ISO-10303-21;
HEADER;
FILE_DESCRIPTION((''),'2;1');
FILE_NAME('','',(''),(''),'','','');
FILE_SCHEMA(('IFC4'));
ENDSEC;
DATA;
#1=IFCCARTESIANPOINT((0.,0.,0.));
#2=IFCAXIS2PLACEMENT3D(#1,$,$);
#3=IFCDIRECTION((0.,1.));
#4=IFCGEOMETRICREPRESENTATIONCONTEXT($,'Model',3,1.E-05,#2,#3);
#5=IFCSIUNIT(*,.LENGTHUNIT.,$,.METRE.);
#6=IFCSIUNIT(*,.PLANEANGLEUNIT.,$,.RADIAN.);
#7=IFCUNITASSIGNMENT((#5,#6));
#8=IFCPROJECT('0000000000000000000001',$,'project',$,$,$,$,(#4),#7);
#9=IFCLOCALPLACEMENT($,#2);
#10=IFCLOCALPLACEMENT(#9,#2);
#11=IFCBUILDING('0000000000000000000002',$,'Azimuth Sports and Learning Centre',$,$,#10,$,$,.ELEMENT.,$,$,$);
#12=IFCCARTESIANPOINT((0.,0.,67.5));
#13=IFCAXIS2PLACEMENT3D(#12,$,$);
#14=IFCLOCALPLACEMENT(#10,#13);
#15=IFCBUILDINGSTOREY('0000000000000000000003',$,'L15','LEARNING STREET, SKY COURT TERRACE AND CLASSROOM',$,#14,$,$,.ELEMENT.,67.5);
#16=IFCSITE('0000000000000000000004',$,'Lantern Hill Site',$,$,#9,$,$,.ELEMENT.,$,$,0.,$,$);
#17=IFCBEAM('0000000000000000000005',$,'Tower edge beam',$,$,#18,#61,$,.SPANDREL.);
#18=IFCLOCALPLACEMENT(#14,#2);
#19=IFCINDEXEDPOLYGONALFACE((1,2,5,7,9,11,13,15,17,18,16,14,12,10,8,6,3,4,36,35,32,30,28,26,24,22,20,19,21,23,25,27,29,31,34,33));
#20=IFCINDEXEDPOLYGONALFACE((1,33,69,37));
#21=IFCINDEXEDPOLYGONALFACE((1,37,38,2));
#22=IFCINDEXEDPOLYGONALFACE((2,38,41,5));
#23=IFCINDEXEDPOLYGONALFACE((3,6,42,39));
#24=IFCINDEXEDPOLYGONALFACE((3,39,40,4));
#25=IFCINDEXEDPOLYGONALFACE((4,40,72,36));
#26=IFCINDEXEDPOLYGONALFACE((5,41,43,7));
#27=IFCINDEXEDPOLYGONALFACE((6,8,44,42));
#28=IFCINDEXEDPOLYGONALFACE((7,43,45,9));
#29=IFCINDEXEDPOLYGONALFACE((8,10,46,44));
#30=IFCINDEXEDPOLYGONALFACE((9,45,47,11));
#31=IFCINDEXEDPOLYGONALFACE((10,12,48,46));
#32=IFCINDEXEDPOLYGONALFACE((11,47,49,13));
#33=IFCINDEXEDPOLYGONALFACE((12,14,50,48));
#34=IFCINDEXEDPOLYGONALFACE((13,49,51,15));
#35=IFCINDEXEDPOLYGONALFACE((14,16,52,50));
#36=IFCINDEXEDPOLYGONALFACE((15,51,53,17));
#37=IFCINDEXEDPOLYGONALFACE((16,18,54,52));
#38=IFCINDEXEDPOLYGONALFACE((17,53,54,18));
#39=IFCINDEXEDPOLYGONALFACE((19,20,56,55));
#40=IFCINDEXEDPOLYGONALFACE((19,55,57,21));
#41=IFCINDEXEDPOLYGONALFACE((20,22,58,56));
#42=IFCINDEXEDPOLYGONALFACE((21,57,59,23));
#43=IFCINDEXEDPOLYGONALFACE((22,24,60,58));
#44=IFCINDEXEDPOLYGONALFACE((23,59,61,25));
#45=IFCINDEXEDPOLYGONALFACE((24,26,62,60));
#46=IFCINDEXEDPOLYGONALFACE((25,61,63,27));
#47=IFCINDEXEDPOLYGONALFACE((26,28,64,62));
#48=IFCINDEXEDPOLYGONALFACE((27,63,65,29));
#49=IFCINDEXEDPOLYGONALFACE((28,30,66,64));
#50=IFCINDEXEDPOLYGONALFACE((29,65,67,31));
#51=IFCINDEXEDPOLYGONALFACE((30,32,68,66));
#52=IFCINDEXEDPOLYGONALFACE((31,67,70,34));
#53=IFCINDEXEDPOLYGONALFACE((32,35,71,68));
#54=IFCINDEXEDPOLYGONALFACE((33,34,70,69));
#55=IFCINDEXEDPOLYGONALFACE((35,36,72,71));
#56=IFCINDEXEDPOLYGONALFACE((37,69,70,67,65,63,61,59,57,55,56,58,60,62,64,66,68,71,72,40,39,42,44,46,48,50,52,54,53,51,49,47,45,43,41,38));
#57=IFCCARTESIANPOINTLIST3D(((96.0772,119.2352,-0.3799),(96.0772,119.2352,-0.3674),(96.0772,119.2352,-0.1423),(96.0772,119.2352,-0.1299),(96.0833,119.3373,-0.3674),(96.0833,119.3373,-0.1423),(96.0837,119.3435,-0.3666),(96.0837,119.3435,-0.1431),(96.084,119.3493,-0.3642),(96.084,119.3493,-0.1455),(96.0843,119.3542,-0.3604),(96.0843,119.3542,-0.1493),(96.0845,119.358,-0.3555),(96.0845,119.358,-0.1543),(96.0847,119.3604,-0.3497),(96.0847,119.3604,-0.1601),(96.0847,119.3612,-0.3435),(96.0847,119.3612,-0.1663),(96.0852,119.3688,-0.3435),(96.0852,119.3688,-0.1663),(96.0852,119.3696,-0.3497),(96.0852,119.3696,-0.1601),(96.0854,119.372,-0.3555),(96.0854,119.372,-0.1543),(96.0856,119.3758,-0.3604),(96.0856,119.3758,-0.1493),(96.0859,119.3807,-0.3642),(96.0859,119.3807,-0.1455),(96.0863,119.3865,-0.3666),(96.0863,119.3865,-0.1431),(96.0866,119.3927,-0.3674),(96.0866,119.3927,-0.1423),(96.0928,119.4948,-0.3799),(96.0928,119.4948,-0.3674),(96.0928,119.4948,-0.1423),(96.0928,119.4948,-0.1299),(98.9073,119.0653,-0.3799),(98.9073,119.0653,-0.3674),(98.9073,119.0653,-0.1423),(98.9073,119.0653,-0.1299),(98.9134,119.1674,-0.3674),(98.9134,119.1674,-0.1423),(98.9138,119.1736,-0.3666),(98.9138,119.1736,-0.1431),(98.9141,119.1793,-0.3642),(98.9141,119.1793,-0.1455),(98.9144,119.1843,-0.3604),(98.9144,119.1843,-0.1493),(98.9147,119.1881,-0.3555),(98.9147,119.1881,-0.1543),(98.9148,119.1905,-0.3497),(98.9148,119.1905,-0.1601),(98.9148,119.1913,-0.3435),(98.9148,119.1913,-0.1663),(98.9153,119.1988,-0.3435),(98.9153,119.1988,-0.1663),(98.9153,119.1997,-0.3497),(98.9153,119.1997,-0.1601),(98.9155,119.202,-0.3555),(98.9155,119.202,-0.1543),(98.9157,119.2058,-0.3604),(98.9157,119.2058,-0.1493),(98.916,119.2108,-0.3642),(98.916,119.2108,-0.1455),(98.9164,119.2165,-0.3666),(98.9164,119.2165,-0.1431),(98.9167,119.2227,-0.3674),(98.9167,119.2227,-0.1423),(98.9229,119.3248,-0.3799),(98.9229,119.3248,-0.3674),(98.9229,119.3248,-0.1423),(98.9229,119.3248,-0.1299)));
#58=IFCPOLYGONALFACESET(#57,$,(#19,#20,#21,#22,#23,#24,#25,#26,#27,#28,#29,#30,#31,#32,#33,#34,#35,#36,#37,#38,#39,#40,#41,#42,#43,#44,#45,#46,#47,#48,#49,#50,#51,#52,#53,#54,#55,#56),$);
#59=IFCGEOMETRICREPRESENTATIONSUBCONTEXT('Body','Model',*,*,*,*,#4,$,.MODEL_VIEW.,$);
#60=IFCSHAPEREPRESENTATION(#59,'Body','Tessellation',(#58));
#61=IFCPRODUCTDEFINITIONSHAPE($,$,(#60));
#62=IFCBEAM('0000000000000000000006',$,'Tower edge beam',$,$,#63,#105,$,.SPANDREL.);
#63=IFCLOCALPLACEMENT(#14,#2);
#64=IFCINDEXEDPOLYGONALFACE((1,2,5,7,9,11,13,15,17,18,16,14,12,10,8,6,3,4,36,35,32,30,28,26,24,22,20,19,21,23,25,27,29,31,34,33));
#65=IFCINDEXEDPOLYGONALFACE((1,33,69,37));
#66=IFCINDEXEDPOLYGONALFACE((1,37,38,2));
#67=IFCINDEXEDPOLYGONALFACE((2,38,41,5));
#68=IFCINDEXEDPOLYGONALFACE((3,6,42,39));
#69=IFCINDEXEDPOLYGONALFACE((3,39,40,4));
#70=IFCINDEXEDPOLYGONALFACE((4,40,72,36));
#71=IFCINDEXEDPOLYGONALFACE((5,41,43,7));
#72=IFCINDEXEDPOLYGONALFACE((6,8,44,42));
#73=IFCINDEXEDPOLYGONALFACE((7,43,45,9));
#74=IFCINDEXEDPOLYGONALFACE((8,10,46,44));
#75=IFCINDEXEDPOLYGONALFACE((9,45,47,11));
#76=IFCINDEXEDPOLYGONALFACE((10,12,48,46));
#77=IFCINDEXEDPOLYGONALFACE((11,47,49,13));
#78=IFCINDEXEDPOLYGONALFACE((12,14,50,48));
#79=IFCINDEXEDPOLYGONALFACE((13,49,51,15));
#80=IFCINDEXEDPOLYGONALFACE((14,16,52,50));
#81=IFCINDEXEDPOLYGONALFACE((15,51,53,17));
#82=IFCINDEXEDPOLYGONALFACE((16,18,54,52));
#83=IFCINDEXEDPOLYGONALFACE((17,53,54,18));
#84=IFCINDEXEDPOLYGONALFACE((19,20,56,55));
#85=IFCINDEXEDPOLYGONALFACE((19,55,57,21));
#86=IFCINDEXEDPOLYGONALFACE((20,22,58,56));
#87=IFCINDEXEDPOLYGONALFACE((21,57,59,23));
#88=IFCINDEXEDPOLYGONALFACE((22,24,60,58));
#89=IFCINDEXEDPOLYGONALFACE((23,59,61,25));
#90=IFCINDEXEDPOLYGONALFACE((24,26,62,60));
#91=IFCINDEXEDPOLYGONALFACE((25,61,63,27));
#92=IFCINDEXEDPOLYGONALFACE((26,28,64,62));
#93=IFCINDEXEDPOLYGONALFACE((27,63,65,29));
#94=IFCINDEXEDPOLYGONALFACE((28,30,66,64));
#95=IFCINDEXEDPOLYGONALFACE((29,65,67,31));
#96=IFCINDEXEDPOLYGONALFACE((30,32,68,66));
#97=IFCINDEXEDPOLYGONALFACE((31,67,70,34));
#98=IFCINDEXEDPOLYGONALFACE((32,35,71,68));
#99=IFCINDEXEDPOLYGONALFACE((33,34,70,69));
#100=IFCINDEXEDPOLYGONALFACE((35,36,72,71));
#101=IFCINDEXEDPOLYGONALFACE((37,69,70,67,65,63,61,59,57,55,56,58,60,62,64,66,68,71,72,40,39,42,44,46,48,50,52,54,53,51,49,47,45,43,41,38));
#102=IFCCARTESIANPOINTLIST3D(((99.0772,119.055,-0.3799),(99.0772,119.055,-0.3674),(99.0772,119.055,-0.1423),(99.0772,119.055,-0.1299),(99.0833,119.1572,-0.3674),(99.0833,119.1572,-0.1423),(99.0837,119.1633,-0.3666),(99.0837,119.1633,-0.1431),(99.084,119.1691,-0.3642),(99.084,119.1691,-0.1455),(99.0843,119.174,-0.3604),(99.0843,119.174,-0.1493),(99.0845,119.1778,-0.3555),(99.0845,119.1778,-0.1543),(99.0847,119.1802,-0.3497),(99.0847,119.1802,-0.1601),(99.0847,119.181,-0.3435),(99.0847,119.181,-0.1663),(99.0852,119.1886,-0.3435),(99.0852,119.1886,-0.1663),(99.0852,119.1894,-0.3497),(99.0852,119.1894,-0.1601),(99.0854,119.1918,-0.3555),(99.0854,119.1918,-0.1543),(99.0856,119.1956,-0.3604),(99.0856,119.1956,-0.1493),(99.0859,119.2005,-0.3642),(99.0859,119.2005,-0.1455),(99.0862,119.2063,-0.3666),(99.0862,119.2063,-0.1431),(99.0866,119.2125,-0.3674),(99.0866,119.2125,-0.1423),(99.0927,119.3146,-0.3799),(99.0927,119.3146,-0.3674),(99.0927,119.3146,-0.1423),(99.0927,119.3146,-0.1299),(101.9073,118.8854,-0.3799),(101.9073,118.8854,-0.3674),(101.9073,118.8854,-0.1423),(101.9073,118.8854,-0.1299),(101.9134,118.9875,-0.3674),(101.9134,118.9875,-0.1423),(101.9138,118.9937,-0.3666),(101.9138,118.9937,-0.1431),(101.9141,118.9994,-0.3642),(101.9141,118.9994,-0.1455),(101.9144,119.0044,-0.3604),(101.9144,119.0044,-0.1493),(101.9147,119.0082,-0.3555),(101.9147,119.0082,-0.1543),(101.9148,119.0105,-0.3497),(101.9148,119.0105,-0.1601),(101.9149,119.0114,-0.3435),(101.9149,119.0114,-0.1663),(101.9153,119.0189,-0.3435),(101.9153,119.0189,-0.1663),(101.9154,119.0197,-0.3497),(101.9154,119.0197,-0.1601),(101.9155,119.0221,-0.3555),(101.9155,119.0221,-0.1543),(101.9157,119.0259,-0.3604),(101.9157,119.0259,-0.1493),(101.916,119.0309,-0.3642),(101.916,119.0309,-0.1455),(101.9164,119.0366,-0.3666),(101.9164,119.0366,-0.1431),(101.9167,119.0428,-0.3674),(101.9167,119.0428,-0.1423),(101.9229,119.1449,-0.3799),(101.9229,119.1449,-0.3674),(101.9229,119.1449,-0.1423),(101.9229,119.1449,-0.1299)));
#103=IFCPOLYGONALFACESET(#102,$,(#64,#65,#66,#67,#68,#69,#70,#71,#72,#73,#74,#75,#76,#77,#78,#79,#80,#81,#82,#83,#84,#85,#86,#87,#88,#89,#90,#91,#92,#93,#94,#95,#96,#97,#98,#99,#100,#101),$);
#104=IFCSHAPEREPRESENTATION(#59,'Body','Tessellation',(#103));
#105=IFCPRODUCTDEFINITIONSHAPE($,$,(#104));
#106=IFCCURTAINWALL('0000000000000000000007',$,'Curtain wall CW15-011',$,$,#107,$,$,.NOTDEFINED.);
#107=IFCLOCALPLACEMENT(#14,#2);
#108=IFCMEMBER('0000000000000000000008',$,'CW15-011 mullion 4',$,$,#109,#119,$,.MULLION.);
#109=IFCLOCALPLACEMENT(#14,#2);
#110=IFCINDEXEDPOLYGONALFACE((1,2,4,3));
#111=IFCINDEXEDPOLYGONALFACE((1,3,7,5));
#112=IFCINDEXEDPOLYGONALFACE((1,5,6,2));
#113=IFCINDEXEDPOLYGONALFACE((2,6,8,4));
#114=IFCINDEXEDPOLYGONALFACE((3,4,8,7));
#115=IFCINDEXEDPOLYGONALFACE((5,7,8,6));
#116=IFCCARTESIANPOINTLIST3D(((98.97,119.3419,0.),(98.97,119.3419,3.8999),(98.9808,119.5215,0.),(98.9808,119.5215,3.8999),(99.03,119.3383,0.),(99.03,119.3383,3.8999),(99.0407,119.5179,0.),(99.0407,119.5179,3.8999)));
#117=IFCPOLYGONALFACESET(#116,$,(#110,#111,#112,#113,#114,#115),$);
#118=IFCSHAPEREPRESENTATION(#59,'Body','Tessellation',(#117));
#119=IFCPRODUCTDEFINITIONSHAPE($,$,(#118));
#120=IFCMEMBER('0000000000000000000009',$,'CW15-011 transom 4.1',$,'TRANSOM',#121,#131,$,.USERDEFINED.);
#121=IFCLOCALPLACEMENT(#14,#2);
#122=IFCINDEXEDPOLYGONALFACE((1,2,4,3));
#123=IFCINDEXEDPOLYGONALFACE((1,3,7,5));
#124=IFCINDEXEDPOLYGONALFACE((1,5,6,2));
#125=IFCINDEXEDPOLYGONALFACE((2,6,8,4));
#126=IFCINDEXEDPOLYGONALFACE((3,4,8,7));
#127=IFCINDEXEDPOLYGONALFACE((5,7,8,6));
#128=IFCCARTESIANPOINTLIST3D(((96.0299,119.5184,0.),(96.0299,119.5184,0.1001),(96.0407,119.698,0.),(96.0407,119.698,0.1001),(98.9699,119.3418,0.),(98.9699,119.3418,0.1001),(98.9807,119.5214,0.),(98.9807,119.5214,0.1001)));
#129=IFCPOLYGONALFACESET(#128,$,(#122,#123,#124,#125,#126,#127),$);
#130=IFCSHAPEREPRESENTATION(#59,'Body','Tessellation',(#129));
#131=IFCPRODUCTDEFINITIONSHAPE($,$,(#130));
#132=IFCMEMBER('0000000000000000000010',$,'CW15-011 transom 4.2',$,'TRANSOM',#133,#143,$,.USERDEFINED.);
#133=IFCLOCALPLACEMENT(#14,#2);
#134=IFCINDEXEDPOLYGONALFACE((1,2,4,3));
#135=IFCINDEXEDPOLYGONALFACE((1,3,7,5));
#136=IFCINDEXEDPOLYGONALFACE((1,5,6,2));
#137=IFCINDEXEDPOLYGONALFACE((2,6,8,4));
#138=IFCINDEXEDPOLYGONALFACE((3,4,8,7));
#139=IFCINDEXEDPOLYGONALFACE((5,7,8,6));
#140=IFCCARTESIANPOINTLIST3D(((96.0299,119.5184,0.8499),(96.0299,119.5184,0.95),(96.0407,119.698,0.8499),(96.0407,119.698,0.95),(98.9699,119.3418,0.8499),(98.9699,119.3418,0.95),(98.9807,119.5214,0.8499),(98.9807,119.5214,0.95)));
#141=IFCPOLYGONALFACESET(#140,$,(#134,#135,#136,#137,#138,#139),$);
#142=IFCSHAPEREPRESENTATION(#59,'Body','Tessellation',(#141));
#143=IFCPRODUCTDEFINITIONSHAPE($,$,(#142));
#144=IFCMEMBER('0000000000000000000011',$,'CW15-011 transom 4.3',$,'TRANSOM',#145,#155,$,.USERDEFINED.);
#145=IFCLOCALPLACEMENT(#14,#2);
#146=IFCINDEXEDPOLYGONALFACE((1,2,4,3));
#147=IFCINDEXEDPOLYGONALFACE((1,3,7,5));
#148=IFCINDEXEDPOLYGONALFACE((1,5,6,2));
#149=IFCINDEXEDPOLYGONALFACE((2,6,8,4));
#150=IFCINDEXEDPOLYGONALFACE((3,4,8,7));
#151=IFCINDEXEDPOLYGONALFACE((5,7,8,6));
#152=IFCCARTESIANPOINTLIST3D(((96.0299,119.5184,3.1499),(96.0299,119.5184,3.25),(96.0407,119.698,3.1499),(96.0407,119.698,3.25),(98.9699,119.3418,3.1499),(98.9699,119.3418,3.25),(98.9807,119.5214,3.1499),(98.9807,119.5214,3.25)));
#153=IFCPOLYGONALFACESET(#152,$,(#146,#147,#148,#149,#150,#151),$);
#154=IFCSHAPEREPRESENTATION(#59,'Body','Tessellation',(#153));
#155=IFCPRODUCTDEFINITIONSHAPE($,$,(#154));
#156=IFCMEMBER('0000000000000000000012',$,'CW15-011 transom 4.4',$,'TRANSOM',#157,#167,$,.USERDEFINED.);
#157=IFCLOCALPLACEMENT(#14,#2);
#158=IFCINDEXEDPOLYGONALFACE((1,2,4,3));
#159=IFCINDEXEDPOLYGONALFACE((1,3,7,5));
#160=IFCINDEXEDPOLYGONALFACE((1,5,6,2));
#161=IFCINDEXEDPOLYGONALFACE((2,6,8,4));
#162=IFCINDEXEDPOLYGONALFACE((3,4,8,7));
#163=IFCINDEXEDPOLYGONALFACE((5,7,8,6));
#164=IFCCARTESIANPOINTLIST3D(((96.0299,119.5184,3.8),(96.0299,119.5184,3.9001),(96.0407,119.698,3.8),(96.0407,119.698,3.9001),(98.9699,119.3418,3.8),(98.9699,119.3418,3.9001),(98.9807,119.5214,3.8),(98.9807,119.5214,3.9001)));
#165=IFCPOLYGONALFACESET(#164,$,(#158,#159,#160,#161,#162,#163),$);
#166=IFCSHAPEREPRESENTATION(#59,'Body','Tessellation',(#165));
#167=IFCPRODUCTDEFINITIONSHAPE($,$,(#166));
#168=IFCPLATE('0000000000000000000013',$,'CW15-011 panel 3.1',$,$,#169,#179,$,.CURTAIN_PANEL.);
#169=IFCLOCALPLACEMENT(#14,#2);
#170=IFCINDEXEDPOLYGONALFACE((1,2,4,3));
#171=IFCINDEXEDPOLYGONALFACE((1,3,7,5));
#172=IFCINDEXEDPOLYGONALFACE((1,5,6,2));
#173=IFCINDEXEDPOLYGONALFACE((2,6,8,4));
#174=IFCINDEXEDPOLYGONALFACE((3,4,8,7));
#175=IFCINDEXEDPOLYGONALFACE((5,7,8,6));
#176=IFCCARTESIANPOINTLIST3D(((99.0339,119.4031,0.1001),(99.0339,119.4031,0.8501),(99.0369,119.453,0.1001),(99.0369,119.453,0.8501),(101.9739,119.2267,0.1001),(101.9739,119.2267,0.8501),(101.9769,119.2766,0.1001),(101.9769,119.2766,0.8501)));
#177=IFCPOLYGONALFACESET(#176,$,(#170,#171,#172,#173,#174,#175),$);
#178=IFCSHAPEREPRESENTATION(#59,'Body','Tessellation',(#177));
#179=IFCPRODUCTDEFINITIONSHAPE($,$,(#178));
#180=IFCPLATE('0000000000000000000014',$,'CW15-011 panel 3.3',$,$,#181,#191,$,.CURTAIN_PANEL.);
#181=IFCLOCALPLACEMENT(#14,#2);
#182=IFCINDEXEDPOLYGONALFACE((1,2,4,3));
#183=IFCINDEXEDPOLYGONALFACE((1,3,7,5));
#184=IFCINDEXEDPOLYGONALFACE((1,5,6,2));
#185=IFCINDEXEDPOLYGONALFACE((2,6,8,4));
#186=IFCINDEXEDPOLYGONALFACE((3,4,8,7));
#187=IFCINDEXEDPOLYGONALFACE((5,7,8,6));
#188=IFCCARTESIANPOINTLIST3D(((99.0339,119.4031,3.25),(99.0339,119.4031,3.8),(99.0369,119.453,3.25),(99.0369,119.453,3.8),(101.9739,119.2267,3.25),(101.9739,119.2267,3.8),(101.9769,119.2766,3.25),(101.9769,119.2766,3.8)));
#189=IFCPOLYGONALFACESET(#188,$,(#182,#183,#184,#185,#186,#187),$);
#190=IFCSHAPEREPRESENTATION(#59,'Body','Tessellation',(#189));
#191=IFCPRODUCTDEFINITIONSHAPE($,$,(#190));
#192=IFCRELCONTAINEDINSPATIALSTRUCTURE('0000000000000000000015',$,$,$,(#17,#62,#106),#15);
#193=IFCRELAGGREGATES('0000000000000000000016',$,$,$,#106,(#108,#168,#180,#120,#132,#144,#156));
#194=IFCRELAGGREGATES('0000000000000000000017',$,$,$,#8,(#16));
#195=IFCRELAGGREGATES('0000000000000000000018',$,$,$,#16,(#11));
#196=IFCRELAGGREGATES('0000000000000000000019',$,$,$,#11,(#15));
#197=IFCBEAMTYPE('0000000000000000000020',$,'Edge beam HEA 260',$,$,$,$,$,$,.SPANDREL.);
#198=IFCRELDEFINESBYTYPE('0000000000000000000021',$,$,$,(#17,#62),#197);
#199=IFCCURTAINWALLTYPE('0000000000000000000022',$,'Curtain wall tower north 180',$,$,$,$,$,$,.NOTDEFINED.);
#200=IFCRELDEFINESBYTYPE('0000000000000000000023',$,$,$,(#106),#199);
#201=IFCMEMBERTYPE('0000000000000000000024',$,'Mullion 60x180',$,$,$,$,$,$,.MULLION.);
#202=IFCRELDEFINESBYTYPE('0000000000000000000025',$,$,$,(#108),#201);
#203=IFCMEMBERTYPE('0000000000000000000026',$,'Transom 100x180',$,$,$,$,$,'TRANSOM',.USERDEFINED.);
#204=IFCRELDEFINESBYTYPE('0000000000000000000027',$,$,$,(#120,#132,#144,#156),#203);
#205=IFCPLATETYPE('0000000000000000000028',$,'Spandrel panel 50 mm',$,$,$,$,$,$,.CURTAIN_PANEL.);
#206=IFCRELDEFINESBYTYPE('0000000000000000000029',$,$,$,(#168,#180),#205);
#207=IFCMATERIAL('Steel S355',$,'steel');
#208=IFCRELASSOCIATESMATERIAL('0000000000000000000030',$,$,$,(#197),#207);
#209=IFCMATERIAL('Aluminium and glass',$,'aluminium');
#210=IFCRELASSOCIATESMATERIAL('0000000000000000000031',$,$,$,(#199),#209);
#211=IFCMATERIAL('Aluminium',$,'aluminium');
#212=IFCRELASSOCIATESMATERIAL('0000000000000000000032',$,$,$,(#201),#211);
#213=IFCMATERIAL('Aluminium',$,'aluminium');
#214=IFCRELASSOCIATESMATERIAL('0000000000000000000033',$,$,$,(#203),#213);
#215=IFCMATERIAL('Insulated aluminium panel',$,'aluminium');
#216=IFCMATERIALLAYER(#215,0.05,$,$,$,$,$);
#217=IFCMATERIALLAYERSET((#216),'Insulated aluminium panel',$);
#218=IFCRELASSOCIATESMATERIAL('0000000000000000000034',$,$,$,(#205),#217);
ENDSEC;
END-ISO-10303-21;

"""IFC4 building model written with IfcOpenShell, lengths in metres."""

from ifc_helpers import new_model, si_unit, direction, frame, origin, origin_2d, place, context, subcontext, project, spatial, rectangle, i_section, extrude, material, layer, layer_set, material_profile, profile_set, type_object, element, aggregate, save


model = new_model("IFC4")

# Units and contexts
model_context = context("Model", 3, precision=1e-05, world=origin(), true_north=direction((0.0, 1.0)))
body_context = subcontext(model_context, "Body", "Model", "MODEL_VIEW")
ifc_project = project(units=[si_unit("LENGTHUNIT", "METRE"), si_unit("PLANEANGLEUNIT", "RADIAN")], contexts=[model_context])

# Site, building, storey
site_placement = place(None, origin())
site = spatial("IfcSite", under=ifc_project, at=site_placement, Name="Lantern Hill Site", CompositionType="ELEMENT", RefElevation=0.0)
building_placement = place(site_placement, origin())
building = spatial("IfcBuilding", under=site, at=building_placement, Name="Azimuth Sports and Learning Centre", CompositionType="ELEMENT")
storey_placement = place(building_placement, frame((0.0, 0.0, 67.5)))
storey = spatial("IfcBuildingStorey", under=building, at=storey_placement, Name="L15", Description="LEARNING STREET, SKY COURT TERRACE AND CLASSROOM", CompositionType="ELEMENT", Elevation=67.5)

# Beams
ifc_material_1 = material(Name="Steel S355", Category="steel")
ifc_material_profile_1 = material_profile(ifc_material_1, i_section(OverallWidth=0.26, OverallDepth=0.25, WebThickness=0.0076, FlangeThickness=0.0125, FilletRadius=0.0239, at=origin_2d()), Name="HEA 260")
ifc_profile_set_1 = profile_set([ifc_material_profile_1], Name="Steel S355")
beam_type_1 = type_object("IfcBeamType", Name="Edge beam HEA 260", PredefinedType="SPANDREL", material=ifc_profile_set_1)
for number, where, z_axis, x_axis, name in (
    (1, (96.085, 119.365, -0.2549), (0.998202, -0.059933, 0.0), (0.059933, 0.998202, 0.0), "Tower edge beam"),
    (2, (99.085, 119.1848, -0.2549), (0.998208, -0.059848, 0.0), (0.059848, 0.998208, 0.0), "Tower edge beam"),
):
    element("IfcBeam", number, at=place(storey_placement, frame(where, z_axis=z_axis, x_axis=x_axis)), inside=storey, type_object=beam_type_1, Name=name, PredefinedType="SPANDREL", context=body_context, shape_type="SweptSolid", body=[
        extrude(i_section(OverallWidth=0.26, OverallDepth=0.25, WebThickness=0.0076, FlangeThickness=0.0125, FilletRadius=0.0239, at=origin_2d()), origin(), (0.0, 0.0, 1.0), 2.8352),
    ])

# Curtain wall, members, plates
ifc_material_2 = material(Name="Aluminium and glass", Category="aluminium")
curtain_wall_type = type_object("IfcCurtainWallType", Name="Curtain wall tower north 180", PredefinedType="NOTDEFINED", material=ifc_material_2)
curtain_wall_placement = place(storey_placement, origin())
curtain_wall = element("IfcCurtainWall", 3, at=curtain_wall_placement, inside=storey, type_object=curtain_wall_type, Name="Curtain wall CW15-011", PredefinedType="NOTDEFINED")
ifc_material_3 = material(Name="Aluminium", Category="aluminium")
ifc_material_profile_2 = material_profile(ifc_material_3, rectangle(XDim=0.1799, YDim=0.0601, at=origin_2d()), Name="Mullion 60x180")
ifc_profile_set_2 = profile_set([ifc_material_profile_2], Name="Aluminium")
member_type_1 = type_object("IfcMemberType", Name="Mullion 60x180", PredefinedType="MULLION", material=ifc_profile_set_2)
member_1_placement = place(storey_placement, frame((99.0054, 119.4299, 0.0), z_axis=(0.0, 0.0, 1.0), x_axis=(-0.059892, -0.998205, 0.0)))
member_1 = element("IfcMember", 4, at=member_1_placement, type_object=member_type_1, Name="CW15-011 mullion 4", PredefinedType="MULLION", context=body_context, shape_type="SweptSolid", body=[
    extrude(rectangle(XDim=0.1799, YDim=0.0601, at=origin_2d()), origin(), (0.0, 0.0, 1.0), 3.8999),
])
ifc_material_4 = material(Name="Aluminium", Category="aluminium")
ifc_material_profile_3 = material_profile(ifc_material_4, rectangle(XDim=0.1799, YDim=0.1001, at=origin_2d()), Name="Transom 100x180")
ifc_profile_set_3 = profile_set([ifc_material_profile_3], Name="Aluminium")
member_type_2 = type_object("IfcMemberType", Name="Transom 100x180", ElementType="TRANSOM", PredefinedType="USERDEFINED", material=ifc_profile_set_3)
member_2_placement = place(storey_placement, frame((98.9753, 119.4316, 0.05), z_axis=(-0.998202, 0.059932, 0.0), x_axis=(-0.059932, -0.998202, 0.0)))
member_2 = element("IfcMember", 5, at=member_2_placement, type_object=member_type_2, Name="CW15-011 transom 4.1", ObjectType="TRANSOM", PredefinedType="USERDEFINED", context=body_context, shape_type="SweptSolid", body=[
    extrude(rectangle(XDim=0.1799, YDim=0.1001, at=origin_2d()), origin(), (0.0, 0.0, 1.0), 2.9453),
])
member_3_placement = place(storey_placement, frame((98.9753, 119.4316, 0.8999), z_axis=(-0.998202, 0.059932, 0.0), x_axis=(-0.059932, -0.998202, 0.0)))
member_3 = element("IfcMember", 6, at=member_3_placement, type_object=member_type_2, Name="CW15-011 transom 4.2", ObjectType="TRANSOM", PredefinedType="USERDEFINED", context=body_context, shape_type="SweptSolid", body=[
    extrude(rectangle(XDim=0.1799, YDim=0.1001, at=origin_2d()), origin(), (0.0, 0.0, 1.0), 2.9453),
])
member_4_placement = place(storey_placement, frame((98.9753, 119.4316, 3.2), z_axis=(-0.998202, 0.059932, 0.0), x_axis=(-0.059932, -0.998202, 0.0)))
member_4 = element("IfcMember", 7, at=member_4_placement, type_object=member_type_2, Name="CW15-011 transom 4.3", ObjectType="TRANSOM", PredefinedType="USERDEFINED", context=body_context, shape_type="SweptSolid", body=[
    extrude(rectangle(XDim=0.1799, YDim=0.1001, at=origin_2d()), origin(), (0.0, 0.0, 1.0), 2.9453),
])
member_5_placement = place(storey_placement, frame((98.9753, 119.4316, 3.8501), z_axis=(-0.998202, 0.059932, 0.0), x_axis=(-0.059932, -0.998202, 0.0)))
member_5 = element("IfcMember", 8, at=member_5_placement, type_object=member_type_2, Name="CW15-011 transom 4.4", ObjectType="TRANSOM", PredefinedType="USERDEFINED", context=body_context, shape_type="SweptSolid", body=[
    extrude(rectangle(XDim=0.1799, YDim=0.1001, at=origin_2d()), origin(), (0.0, 0.0, 1.0), 2.9453),
])
ifc_material_5 = material(Name="Insulated aluminium panel", Category="aluminium")
ifc_layer_1 = layer(ifc_material_5, 0.05)
ifc_layer_set_1 = layer_set([ifc_layer_1], Name="Insulated aluminium panel")
plate_type_1 = type_object("IfcPlateType", Name="Spandrel panel 50 mm", PredefinedType="CURTAIN_PANEL", material=ifc_layer_set_1)
plate_1_placement = place(storey_placement, frame((100.5054, 119.3398, 0.1001), z_axis=(0.0, 0.0, 1.0), x_axis=(-0.998205, 0.059892, 0.0)))
plate_1 = element("IfcPlate", 9, at=plate_1_placement, type_object=plate_type_1, Name="CW15-011 panel 3.1", PredefinedType="CURTAIN_PANEL", context=body_context, shape_type="SweptSolid", body=[
    extrude(rectangle(XDim=2.9453, YDim=0.05, at=origin_2d()), origin(), (0.0, 0.0, 1.0), 0.75),
])
plate_2_placement = place(storey_placement, frame((100.5054, 119.3398, 3.25), z_axis=(0.0, 0.0, 1.0), x_axis=(-0.998205, 0.059892, 0.0)))
plate_2 = element("IfcPlate", 10, at=plate_2_placement, type_object=plate_type_1, Name="CW15-011 panel 3.3", PredefinedType="CURTAIN_PANEL", context=body_context, shape_type="SweptSolid", body=[
    extrude(rectangle(XDim=2.9453, YDim=0.05, at=origin_2d()), origin(), (0.0, 0.0, 1.0), 0.55),
])
aggregate(curtain_wall, [member_1, plate_1, plate_2, member_2, member_3, member_4, member_5])

save(model, "model.ifc")
